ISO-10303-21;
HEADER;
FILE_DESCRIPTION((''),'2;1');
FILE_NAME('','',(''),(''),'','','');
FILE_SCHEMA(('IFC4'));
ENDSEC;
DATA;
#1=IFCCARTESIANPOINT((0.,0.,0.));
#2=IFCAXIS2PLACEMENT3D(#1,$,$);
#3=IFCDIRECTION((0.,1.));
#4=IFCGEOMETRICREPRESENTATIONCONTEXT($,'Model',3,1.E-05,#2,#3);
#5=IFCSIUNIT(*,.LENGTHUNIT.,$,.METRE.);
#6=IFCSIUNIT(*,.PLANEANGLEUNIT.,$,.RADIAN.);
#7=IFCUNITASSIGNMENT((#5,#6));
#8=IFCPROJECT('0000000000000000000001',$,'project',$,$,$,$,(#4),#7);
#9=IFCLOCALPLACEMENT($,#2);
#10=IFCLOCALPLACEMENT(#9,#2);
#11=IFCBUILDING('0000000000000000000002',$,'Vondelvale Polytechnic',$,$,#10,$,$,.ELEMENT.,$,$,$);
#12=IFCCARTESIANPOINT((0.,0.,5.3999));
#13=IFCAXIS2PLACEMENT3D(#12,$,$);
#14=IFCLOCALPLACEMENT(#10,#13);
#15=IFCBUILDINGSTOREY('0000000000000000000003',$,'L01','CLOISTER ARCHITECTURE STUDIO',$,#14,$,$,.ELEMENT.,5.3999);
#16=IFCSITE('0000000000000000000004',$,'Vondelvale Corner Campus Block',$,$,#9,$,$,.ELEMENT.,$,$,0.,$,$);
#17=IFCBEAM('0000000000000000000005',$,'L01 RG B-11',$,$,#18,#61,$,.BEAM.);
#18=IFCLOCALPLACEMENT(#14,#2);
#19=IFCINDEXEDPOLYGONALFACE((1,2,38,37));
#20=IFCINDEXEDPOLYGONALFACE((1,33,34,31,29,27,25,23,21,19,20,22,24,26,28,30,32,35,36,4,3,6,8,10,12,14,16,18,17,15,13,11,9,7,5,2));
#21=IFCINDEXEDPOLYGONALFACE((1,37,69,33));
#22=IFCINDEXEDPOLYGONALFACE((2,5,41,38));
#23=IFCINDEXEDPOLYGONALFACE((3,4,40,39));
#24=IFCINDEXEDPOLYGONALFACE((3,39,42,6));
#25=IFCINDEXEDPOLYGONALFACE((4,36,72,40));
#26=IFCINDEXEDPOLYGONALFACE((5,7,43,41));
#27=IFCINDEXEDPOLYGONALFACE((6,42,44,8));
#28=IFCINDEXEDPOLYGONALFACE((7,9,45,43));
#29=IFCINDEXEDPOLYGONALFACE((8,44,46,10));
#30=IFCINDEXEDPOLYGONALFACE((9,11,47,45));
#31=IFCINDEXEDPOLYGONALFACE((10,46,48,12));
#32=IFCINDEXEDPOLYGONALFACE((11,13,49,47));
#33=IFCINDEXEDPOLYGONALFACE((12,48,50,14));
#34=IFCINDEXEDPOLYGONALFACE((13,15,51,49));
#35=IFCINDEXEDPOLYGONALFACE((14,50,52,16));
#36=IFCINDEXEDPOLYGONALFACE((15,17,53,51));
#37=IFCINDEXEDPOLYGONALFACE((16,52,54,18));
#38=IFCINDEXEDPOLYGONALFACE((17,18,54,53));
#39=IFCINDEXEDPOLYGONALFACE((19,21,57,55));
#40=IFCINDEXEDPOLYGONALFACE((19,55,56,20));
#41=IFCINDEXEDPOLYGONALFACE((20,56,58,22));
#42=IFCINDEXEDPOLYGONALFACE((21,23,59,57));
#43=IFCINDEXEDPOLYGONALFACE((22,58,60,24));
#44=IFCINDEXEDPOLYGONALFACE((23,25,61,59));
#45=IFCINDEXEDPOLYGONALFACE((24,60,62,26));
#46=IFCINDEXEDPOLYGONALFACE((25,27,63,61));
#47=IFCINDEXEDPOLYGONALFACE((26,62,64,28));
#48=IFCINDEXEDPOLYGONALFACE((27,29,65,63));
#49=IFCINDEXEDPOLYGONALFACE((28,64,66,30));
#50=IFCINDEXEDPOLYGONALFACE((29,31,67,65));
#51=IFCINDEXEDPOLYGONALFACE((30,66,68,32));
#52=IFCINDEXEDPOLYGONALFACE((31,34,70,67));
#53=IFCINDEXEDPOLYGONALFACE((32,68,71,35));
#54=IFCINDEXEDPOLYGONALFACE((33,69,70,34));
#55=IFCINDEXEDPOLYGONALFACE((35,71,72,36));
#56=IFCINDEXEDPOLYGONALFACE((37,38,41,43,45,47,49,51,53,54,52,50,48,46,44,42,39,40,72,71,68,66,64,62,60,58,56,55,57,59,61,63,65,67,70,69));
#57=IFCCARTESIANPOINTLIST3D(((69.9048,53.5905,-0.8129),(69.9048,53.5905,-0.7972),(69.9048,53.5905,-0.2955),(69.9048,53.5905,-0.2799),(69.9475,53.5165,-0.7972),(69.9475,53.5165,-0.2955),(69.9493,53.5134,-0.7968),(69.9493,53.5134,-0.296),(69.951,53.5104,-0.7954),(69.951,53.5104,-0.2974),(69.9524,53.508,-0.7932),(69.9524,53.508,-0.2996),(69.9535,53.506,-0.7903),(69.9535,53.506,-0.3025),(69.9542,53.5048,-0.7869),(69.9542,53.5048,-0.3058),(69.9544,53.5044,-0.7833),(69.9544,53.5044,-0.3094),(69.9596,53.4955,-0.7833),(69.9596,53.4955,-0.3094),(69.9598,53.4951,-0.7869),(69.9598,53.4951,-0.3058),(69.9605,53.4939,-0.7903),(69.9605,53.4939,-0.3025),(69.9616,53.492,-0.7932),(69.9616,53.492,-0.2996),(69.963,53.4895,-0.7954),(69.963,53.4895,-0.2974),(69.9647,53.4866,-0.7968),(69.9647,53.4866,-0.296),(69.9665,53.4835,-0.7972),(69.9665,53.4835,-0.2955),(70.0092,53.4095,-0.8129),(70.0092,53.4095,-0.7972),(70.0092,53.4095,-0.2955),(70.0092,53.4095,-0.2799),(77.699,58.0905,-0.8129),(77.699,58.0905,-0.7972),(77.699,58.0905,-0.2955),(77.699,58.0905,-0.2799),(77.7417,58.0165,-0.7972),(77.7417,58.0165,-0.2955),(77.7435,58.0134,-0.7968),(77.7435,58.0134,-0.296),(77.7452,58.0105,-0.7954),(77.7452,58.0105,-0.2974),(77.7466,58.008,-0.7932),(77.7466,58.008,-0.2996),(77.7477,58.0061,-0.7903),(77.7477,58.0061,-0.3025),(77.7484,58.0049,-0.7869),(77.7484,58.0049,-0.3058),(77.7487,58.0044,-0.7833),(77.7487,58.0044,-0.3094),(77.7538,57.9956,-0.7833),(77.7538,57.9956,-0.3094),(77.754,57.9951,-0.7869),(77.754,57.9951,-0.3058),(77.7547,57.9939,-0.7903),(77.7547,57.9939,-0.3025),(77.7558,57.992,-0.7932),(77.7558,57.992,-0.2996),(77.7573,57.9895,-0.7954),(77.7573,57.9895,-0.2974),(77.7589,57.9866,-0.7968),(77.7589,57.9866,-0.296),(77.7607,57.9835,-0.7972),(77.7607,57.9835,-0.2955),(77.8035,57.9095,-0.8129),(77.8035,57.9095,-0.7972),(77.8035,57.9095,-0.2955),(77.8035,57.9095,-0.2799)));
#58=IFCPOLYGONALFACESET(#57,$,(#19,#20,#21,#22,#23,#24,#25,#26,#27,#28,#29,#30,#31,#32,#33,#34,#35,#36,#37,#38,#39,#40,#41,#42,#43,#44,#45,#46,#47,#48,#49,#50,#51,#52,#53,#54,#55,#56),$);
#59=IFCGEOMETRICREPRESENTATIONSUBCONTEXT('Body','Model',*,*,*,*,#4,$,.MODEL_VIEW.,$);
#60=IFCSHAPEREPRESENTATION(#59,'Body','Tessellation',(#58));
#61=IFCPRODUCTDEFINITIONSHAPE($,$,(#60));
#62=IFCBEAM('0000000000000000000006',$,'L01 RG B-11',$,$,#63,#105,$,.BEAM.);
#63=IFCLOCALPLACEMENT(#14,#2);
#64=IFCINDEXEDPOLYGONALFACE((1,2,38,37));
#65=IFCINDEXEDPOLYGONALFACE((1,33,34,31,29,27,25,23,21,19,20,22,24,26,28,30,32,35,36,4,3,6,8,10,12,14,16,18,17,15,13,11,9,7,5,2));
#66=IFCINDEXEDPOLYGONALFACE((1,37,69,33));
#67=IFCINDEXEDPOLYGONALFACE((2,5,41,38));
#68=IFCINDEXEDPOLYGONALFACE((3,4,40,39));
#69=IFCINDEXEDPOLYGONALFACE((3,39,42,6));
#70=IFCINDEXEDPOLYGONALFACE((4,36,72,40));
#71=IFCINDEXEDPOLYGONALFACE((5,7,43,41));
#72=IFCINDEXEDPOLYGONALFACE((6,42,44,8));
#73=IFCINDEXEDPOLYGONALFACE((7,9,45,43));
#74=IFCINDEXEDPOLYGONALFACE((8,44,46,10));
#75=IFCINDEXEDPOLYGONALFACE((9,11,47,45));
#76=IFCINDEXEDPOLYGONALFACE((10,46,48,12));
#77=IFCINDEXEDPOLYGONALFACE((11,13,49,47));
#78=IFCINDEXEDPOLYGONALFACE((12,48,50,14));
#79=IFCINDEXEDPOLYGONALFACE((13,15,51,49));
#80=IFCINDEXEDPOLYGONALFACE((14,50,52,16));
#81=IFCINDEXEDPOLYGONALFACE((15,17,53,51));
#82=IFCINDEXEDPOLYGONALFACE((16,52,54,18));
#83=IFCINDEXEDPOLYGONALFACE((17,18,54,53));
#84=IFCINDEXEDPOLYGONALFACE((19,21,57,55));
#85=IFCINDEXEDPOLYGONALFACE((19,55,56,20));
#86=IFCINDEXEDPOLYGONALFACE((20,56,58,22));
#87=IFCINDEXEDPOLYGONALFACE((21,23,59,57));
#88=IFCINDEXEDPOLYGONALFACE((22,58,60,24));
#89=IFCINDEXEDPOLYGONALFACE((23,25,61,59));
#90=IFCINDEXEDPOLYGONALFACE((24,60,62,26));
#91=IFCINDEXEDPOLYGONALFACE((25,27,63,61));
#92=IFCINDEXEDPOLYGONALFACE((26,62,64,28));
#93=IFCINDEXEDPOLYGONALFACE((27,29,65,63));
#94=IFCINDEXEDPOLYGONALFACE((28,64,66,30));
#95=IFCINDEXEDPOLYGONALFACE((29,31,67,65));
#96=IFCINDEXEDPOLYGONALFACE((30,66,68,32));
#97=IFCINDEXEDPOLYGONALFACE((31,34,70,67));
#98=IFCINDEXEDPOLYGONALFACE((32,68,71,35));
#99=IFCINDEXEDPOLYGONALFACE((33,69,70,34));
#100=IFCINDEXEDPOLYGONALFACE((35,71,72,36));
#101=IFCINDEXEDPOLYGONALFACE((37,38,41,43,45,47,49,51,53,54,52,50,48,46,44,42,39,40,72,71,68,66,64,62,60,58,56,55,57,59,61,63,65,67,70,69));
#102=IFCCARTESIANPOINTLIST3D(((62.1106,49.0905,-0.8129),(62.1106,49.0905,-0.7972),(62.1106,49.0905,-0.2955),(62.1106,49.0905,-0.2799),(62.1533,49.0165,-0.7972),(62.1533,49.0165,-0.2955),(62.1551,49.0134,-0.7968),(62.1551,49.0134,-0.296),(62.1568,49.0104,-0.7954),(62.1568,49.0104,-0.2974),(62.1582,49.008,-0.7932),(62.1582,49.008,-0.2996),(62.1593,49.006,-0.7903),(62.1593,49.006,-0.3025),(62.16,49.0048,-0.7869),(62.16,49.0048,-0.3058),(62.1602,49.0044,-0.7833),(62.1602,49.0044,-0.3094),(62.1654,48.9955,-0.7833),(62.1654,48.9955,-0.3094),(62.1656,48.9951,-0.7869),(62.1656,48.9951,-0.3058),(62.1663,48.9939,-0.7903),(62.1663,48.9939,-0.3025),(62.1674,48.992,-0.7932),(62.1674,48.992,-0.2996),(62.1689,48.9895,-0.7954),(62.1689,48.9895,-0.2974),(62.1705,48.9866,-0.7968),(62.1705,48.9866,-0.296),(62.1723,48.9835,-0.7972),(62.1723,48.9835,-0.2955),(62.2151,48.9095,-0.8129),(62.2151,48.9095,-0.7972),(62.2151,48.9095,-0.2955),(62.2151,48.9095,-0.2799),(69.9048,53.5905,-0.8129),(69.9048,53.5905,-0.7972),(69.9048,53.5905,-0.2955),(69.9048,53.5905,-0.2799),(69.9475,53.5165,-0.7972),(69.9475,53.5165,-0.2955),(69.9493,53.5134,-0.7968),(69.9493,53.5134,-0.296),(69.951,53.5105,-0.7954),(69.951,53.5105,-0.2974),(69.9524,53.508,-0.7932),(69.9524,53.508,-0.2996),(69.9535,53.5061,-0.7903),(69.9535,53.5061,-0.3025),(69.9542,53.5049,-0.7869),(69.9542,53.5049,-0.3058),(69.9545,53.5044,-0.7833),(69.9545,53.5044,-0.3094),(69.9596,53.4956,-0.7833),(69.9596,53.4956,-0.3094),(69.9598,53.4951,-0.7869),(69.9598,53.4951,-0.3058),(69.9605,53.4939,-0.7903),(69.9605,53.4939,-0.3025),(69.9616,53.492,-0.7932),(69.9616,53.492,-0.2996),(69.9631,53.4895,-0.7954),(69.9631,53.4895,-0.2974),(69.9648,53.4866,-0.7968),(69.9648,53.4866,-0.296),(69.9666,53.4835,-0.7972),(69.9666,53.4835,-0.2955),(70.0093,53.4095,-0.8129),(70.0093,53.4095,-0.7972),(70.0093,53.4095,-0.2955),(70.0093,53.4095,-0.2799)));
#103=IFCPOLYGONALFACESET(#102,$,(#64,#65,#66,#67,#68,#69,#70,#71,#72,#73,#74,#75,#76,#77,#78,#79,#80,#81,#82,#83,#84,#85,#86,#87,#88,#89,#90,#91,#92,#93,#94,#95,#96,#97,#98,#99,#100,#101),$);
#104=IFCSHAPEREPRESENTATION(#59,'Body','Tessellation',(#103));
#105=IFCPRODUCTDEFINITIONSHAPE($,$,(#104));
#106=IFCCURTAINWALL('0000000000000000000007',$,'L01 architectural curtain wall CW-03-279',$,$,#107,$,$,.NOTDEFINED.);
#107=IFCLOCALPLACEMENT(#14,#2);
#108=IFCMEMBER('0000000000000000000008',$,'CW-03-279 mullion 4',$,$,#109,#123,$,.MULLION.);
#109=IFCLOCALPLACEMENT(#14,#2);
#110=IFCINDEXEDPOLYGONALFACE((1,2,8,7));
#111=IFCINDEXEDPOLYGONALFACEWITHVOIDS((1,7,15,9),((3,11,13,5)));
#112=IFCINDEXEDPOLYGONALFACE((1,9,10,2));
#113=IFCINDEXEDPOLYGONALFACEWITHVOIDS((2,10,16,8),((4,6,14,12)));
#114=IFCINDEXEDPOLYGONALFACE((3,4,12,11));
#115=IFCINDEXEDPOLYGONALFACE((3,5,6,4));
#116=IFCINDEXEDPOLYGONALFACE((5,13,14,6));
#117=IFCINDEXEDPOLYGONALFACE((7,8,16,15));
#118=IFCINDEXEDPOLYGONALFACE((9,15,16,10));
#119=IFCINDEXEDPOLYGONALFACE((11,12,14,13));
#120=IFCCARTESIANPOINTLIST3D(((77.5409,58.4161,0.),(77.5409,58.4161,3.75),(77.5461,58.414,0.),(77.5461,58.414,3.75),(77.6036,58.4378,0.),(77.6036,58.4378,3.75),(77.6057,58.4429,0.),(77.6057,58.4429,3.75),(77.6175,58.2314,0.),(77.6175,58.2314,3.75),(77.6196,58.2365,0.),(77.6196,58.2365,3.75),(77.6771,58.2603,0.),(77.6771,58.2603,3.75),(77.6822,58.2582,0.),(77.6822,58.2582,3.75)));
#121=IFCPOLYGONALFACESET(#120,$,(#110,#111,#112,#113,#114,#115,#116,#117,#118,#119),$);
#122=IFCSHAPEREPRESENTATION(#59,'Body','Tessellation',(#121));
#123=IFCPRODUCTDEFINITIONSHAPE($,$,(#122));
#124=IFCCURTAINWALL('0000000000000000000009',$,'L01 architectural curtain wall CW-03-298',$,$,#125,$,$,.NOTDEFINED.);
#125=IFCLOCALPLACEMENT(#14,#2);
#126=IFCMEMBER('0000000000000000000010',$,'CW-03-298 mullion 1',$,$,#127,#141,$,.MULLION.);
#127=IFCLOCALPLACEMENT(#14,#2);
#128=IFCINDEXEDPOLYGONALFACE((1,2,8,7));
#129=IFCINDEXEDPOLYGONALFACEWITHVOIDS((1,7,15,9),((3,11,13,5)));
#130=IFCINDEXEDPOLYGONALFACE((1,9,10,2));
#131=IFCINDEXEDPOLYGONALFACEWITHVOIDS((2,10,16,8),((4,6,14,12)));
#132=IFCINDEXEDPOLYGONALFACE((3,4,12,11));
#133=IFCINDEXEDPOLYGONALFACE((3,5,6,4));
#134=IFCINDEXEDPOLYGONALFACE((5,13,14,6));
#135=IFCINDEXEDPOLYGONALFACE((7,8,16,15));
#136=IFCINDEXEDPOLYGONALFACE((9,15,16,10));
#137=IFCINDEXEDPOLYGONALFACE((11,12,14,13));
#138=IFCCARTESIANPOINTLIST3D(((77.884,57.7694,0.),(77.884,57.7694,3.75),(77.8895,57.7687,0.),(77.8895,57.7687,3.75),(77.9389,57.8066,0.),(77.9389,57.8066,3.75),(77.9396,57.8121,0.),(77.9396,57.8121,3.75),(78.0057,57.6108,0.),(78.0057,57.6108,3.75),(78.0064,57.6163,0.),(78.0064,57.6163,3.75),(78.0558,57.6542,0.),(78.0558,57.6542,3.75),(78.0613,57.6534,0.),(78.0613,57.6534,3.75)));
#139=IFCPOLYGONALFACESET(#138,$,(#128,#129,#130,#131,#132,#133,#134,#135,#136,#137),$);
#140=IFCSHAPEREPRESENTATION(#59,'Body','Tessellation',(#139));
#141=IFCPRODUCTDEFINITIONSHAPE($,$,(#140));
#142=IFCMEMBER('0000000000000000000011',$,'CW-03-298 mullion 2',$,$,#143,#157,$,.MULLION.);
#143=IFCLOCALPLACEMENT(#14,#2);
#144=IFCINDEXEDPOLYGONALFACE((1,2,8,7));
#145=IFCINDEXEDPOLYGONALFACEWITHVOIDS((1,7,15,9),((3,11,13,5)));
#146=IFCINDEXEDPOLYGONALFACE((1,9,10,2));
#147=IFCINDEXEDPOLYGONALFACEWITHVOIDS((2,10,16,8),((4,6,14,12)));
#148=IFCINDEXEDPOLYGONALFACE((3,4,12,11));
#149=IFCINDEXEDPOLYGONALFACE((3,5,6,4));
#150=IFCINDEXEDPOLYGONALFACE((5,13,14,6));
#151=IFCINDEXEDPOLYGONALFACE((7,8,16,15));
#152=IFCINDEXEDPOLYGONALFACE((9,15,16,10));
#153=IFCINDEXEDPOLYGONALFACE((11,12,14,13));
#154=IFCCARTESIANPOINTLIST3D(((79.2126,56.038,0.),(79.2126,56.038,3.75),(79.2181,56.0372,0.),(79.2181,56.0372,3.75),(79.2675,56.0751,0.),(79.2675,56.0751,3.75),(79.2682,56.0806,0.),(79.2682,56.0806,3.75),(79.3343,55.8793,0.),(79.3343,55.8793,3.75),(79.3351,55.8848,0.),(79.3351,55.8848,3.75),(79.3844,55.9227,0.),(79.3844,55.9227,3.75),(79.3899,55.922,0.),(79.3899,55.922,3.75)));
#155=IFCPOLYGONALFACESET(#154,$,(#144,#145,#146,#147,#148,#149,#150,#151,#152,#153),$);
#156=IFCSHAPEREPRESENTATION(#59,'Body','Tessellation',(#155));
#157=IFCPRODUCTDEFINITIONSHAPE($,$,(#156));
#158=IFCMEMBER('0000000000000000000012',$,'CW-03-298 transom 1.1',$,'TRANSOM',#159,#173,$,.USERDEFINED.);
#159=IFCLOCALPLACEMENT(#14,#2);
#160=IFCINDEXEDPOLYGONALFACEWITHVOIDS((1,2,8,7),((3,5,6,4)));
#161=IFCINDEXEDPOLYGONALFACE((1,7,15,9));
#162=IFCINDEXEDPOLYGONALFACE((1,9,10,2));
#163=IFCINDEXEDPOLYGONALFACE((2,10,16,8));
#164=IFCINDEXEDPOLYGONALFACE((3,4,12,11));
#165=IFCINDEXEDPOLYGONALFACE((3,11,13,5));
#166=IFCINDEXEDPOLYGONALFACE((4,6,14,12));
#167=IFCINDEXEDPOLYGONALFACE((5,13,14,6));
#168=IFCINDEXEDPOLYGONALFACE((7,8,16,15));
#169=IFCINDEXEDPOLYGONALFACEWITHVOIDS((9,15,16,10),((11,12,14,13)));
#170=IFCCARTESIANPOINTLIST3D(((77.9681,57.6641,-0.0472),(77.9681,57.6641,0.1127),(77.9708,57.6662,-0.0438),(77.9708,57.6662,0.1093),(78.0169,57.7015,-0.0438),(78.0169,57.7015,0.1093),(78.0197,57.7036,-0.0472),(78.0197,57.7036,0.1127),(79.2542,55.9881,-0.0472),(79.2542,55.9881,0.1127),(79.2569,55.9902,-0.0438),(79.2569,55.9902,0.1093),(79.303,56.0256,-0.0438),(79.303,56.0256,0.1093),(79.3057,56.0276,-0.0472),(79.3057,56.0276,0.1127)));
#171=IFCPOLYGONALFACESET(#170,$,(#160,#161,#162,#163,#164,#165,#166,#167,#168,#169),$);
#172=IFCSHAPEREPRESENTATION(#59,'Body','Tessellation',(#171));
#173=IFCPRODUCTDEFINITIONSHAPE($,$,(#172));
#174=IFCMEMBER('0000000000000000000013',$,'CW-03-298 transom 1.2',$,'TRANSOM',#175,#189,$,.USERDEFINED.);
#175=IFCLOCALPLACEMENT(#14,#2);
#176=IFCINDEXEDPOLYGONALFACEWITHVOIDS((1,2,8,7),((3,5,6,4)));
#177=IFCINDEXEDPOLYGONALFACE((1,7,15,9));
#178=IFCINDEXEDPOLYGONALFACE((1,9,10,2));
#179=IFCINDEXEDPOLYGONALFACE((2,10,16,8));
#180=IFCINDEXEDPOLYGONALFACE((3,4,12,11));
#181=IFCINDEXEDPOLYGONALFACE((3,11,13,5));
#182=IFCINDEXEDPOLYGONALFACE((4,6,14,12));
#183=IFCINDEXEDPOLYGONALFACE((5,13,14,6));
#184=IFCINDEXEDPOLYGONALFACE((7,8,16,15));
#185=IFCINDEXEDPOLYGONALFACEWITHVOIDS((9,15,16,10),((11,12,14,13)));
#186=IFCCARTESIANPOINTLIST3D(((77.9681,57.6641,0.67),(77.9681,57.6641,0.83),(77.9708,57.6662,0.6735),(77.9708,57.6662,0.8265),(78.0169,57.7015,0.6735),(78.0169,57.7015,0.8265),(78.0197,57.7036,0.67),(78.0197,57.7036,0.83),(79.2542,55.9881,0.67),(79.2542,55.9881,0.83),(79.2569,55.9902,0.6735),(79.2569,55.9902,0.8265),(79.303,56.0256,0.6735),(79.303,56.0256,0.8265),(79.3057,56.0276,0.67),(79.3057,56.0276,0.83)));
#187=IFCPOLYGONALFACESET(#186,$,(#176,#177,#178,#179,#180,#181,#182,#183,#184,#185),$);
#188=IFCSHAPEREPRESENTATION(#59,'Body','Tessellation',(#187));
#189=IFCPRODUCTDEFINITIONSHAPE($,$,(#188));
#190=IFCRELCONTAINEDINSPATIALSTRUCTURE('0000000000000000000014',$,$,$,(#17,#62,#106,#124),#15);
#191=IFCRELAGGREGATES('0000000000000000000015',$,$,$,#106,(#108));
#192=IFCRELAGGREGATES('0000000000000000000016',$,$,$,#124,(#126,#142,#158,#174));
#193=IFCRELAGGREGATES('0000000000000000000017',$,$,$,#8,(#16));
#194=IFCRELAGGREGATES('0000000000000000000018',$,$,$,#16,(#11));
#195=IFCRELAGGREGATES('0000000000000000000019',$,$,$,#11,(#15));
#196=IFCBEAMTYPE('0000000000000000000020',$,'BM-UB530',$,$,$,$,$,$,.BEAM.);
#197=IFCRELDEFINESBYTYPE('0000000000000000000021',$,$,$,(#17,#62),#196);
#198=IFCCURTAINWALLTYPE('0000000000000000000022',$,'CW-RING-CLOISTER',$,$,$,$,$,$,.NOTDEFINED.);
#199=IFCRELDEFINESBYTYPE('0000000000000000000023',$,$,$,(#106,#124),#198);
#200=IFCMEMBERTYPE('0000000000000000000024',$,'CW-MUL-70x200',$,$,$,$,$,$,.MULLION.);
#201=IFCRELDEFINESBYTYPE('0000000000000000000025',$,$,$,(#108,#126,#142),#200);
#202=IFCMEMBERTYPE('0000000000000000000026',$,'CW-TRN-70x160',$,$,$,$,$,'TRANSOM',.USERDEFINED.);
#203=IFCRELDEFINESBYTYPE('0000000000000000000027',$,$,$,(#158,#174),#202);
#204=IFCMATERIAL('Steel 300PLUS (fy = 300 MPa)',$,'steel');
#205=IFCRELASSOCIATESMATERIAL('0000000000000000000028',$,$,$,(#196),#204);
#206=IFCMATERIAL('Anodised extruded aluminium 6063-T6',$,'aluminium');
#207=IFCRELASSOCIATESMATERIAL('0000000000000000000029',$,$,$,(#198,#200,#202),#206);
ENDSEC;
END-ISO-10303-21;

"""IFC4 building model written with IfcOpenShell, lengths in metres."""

from ifc_helpers import new_model, si_unit, direction, frame, origin, origin_2d, place, context, subcontext, project, spatial, hollow_rectangle, i_section, extrude, material, material_profile, profile_set, type_object, element, aggregate, save


model = new_model("IFC4")

# Units and contexts
model_context = context("Model", 3, precision=1e-05, world=origin(), true_north=direction((0.0, 1.0)))
body_context = subcontext(model_context, "Body", "Model", "MODEL_VIEW")
ifc_project = project(units=[si_unit("LENGTHUNIT", "METRE"), si_unit("PLANEANGLEUNIT", "RADIAN")], contexts=[model_context])

# Site, building, storey
site_placement = place(None, origin())
site = spatial("IfcSite", under=ifc_project, at=site_placement, Name="Vondelvale Corner Campus Block", CompositionType="ELEMENT", RefElevation=0.0)
building_placement = place(site_placement, origin())
building = spatial("IfcBuilding", under=site, at=building_placement, Name="Vondelvale Polytechnic", CompositionType="ELEMENT")
storey_placement = place(building_placement, frame((0.0, 0.0, 5.3999)))
storey = spatial("IfcBuildingStorey", under=building, at=storey_placement, Name="L01", Description="CLOISTER ARCHITECTURE STUDIO", CompositionType="ELEMENT", Elevation=5.3999)

# Shared definitions
ifc_material_1 = material(Name="Steel 300PLUS (fy = 300 MPa)", Category="steel")

# Beams
ifc_material_profile_1 = material_profile(ifc_material_1, i_section(OverallWidth=0.209, OverallDepth=0.533, WebThickness=0.0103, FlangeThickness=0.0156, FilletRadius=0.0139, at=origin_2d()), Name="530UB92.4")
ifc_profile_set_1 = profile_set([ifc_material_profile_1], Name="Steel 300PLUS (fy = 300 MPa)")
beam_type_1 = type_object("IfcBeamType", Name="BM-UB530", PredefinedType="BEAM", material=ifc_profile_set_1)
for number, where, z_axis, x_axis, name in (
    (1, (77.7512, 58.0, -0.5464), (-0.866024, -0.500002, 0.0), (0.500002, -0.866024, 0.0), "L01 RG B-11"),
    (2, (69.957, 53.5, -0.5464), (-0.866024, -0.500002, 0.0), (0.500002, -0.866024, 0.0), "L01 RG B-11"),
):
    element("IfcBeam", number, at=place(storey_placement, frame(where, z_axis=z_axis, x_axis=x_axis)), inside=storey, type_object=beam_type_1, Name=name, PredefinedType="BEAM", context=body_context, shape_type="SweptSolid", body=[
        extrude(i_section(OverallWidth=0.209, OverallDepth=0.533, WebThickness=0.0103, FlangeThickness=0.0156, FilletRadius=0.0139, at=origin_2d()), origin(), (0.0, 0.0, 1.0), 9.0),
    ])

# Curtain wall, member
ifc_material_2 = material(Name="Anodised extruded aluminium 6063-T6", Category="aluminium")
curtain_wall_type = type_object("IfcCurtainWallType", Name="CW-RING-CLOISTER", PredefinedType="NOTDEFINED", material=ifc_material_2)
curtain_wall_1_placement = place(storey_placement, origin())
curtain_wall_1 = element("IfcCurtainWall", 3, at=curtain_wall_1_placement, inside=storey, type_object=curtain_wall_type, Name="L01 architectural curtain wall CW-03-279", PredefinedType="NOTDEFINED")
ifc_material_profile_2 = material_profile(ifc_material_2, hollow_rectangle(XDim=0.0701, YDim=0.2, WallThickness=0.0039, at=origin_2d()), Name="CW-MUL-200x70")
ifc_profile_set_2 = profile_set([ifc_material_profile_2], Name="Anodised extruded aluminium 6063-T6")
member_type_1 = type_object("IfcMemberType", Name="CW-MUL-70x200", PredefinedType="MULLION", material=ifc_profile_set_2)
member_1_placement = place(storey_placement, frame((77.6116, 58.3372, 0.0), z_axis=(0.0, 0.0, 1.0), x_axis=(0.923882, 0.382679, 0.0)))
member_1 = element("IfcMember", 4, at=member_1_placement, type_object=member_type_1, Name="CW-03-279 mullion 4", PredefinedType="MULLION", context=body_context, shape_type="SweptSolid", body=[
    extrude(hollow_rectangle(XDim=0.0701, YDim=0.2, WallThickness=0.0039, at=origin_2d()), origin(), (0.0, 0.0, 1.0), 3.75),
])

# Curtain wall, members
curtain_wall_2_placement = place(storey_placement, origin())
curtain_wall_2 = element("IfcCurtainWall", 5, at=curtain_wall_2_placement, inside=storey, type_object=curtain_wall_type, Name="L01 architectural curtain wall CW-03-298", PredefinedType="NOTDEFINED")
member_2_placement = place(storey_placement, frame((77.9727, 57.7114, 0.0), z_axis=(0.0, 0.0, 1.0), x_axis=(0.793364, 0.608748, 0.0)))
member_2 = element("IfcMember", 6, at=member_2_placement, type_object=member_type_1, Name="CW-03-298 mullion 1", PredefinedType="MULLION", context=body_context, shape_type="SweptSolid", body=[
    extrude(hollow_rectangle(XDim=0.0701, YDim=0.2, WallThickness=0.0039, at=origin_2d()), origin(), (0.0, 0.0, 1.0), 3.75),
])
member_3_placement = place(storey_placement, frame((79.3013, 55.98, 0.0), z_axis=(0.0, 0.0, 1.0), x_axis=(0.793364, 0.608748, 0.0)))
member_3 = element("IfcMember", 7, at=member_3_placement, type_object=member_type_1, Name="CW-03-298 mullion 2", PredefinedType="MULLION", context=body_context, shape_type="SweptSolid", body=[
    extrude(hollow_rectangle(XDim=0.0701, YDim=0.2, WallThickness=0.0039, at=origin_2d()), origin(), (0.0, 0.0, 1.0), 3.75),
])
ifc_material_profile_3 = material_profile(ifc_material_2, hollow_rectangle(XDim=0.0649, YDim=0.1599, WallThickness=0.0034, at=origin_2d()), Name="CW-TRN-160x65")
ifc_profile_set_3 = profile_set([ifc_material_profile_3], Name="Anodised extruded aluminium 6063-T6")
member_type_2 = type_object("IfcMemberType", Name="CW-TRN-70x160", ElementType="TRANSOM", PredefinedType="USERDEFINED", material=ifc_profile_set_3)
member_4_placement = place(storey_placement, frame((77.9939, 57.6838, 0.0327), z_axis=(0.608783, -0.793337, 0.0), x_axis=(0.793337, 0.608783, 0.0)))
member_4 = element("IfcMember", 8, at=member_4_placement, type_object=member_type_2, Name="CW-03-298 transom 1.1", ObjectType="TRANSOM", PredefinedType="USERDEFINED", context=body_context, shape_type="SweptSolid", body=[
    extrude(hollow_rectangle(XDim=0.0649, YDim=0.1599, WallThickness=0.0034, at=origin_2d()), origin(), (0.0, 0.0, 1.0), 2.1125),
])
member_5_placement = place(storey_placement, frame((77.9939, 57.6838, 0.75), z_axis=(0.608783, -0.793337, 0.0), x_axis=(0.793337, 0.608783, 0.0)))
member_5 = element("IfcMember", 9, at=member_5_placement, type_object=member_type_2, Name="CW-03-298 transom 1.2", ObjectType="TRANSOM", PredefinedType="USERDEFINED", context=body_context, shape_type="SweptSolid", body=[
    extrude(hollow_rectangle(XDim=0.0649, YDim=0.1599, WallThickness=0.0034, at=origin_2d()), origin(), (0.0, 0.0, 1.0), 2.1125),
])

aggregate(curtain_wall_1, [member_1])
aggregate(curtain_wall_2, [member_2, member_3, member_4, member_5])

save(model, "model.ifc")
